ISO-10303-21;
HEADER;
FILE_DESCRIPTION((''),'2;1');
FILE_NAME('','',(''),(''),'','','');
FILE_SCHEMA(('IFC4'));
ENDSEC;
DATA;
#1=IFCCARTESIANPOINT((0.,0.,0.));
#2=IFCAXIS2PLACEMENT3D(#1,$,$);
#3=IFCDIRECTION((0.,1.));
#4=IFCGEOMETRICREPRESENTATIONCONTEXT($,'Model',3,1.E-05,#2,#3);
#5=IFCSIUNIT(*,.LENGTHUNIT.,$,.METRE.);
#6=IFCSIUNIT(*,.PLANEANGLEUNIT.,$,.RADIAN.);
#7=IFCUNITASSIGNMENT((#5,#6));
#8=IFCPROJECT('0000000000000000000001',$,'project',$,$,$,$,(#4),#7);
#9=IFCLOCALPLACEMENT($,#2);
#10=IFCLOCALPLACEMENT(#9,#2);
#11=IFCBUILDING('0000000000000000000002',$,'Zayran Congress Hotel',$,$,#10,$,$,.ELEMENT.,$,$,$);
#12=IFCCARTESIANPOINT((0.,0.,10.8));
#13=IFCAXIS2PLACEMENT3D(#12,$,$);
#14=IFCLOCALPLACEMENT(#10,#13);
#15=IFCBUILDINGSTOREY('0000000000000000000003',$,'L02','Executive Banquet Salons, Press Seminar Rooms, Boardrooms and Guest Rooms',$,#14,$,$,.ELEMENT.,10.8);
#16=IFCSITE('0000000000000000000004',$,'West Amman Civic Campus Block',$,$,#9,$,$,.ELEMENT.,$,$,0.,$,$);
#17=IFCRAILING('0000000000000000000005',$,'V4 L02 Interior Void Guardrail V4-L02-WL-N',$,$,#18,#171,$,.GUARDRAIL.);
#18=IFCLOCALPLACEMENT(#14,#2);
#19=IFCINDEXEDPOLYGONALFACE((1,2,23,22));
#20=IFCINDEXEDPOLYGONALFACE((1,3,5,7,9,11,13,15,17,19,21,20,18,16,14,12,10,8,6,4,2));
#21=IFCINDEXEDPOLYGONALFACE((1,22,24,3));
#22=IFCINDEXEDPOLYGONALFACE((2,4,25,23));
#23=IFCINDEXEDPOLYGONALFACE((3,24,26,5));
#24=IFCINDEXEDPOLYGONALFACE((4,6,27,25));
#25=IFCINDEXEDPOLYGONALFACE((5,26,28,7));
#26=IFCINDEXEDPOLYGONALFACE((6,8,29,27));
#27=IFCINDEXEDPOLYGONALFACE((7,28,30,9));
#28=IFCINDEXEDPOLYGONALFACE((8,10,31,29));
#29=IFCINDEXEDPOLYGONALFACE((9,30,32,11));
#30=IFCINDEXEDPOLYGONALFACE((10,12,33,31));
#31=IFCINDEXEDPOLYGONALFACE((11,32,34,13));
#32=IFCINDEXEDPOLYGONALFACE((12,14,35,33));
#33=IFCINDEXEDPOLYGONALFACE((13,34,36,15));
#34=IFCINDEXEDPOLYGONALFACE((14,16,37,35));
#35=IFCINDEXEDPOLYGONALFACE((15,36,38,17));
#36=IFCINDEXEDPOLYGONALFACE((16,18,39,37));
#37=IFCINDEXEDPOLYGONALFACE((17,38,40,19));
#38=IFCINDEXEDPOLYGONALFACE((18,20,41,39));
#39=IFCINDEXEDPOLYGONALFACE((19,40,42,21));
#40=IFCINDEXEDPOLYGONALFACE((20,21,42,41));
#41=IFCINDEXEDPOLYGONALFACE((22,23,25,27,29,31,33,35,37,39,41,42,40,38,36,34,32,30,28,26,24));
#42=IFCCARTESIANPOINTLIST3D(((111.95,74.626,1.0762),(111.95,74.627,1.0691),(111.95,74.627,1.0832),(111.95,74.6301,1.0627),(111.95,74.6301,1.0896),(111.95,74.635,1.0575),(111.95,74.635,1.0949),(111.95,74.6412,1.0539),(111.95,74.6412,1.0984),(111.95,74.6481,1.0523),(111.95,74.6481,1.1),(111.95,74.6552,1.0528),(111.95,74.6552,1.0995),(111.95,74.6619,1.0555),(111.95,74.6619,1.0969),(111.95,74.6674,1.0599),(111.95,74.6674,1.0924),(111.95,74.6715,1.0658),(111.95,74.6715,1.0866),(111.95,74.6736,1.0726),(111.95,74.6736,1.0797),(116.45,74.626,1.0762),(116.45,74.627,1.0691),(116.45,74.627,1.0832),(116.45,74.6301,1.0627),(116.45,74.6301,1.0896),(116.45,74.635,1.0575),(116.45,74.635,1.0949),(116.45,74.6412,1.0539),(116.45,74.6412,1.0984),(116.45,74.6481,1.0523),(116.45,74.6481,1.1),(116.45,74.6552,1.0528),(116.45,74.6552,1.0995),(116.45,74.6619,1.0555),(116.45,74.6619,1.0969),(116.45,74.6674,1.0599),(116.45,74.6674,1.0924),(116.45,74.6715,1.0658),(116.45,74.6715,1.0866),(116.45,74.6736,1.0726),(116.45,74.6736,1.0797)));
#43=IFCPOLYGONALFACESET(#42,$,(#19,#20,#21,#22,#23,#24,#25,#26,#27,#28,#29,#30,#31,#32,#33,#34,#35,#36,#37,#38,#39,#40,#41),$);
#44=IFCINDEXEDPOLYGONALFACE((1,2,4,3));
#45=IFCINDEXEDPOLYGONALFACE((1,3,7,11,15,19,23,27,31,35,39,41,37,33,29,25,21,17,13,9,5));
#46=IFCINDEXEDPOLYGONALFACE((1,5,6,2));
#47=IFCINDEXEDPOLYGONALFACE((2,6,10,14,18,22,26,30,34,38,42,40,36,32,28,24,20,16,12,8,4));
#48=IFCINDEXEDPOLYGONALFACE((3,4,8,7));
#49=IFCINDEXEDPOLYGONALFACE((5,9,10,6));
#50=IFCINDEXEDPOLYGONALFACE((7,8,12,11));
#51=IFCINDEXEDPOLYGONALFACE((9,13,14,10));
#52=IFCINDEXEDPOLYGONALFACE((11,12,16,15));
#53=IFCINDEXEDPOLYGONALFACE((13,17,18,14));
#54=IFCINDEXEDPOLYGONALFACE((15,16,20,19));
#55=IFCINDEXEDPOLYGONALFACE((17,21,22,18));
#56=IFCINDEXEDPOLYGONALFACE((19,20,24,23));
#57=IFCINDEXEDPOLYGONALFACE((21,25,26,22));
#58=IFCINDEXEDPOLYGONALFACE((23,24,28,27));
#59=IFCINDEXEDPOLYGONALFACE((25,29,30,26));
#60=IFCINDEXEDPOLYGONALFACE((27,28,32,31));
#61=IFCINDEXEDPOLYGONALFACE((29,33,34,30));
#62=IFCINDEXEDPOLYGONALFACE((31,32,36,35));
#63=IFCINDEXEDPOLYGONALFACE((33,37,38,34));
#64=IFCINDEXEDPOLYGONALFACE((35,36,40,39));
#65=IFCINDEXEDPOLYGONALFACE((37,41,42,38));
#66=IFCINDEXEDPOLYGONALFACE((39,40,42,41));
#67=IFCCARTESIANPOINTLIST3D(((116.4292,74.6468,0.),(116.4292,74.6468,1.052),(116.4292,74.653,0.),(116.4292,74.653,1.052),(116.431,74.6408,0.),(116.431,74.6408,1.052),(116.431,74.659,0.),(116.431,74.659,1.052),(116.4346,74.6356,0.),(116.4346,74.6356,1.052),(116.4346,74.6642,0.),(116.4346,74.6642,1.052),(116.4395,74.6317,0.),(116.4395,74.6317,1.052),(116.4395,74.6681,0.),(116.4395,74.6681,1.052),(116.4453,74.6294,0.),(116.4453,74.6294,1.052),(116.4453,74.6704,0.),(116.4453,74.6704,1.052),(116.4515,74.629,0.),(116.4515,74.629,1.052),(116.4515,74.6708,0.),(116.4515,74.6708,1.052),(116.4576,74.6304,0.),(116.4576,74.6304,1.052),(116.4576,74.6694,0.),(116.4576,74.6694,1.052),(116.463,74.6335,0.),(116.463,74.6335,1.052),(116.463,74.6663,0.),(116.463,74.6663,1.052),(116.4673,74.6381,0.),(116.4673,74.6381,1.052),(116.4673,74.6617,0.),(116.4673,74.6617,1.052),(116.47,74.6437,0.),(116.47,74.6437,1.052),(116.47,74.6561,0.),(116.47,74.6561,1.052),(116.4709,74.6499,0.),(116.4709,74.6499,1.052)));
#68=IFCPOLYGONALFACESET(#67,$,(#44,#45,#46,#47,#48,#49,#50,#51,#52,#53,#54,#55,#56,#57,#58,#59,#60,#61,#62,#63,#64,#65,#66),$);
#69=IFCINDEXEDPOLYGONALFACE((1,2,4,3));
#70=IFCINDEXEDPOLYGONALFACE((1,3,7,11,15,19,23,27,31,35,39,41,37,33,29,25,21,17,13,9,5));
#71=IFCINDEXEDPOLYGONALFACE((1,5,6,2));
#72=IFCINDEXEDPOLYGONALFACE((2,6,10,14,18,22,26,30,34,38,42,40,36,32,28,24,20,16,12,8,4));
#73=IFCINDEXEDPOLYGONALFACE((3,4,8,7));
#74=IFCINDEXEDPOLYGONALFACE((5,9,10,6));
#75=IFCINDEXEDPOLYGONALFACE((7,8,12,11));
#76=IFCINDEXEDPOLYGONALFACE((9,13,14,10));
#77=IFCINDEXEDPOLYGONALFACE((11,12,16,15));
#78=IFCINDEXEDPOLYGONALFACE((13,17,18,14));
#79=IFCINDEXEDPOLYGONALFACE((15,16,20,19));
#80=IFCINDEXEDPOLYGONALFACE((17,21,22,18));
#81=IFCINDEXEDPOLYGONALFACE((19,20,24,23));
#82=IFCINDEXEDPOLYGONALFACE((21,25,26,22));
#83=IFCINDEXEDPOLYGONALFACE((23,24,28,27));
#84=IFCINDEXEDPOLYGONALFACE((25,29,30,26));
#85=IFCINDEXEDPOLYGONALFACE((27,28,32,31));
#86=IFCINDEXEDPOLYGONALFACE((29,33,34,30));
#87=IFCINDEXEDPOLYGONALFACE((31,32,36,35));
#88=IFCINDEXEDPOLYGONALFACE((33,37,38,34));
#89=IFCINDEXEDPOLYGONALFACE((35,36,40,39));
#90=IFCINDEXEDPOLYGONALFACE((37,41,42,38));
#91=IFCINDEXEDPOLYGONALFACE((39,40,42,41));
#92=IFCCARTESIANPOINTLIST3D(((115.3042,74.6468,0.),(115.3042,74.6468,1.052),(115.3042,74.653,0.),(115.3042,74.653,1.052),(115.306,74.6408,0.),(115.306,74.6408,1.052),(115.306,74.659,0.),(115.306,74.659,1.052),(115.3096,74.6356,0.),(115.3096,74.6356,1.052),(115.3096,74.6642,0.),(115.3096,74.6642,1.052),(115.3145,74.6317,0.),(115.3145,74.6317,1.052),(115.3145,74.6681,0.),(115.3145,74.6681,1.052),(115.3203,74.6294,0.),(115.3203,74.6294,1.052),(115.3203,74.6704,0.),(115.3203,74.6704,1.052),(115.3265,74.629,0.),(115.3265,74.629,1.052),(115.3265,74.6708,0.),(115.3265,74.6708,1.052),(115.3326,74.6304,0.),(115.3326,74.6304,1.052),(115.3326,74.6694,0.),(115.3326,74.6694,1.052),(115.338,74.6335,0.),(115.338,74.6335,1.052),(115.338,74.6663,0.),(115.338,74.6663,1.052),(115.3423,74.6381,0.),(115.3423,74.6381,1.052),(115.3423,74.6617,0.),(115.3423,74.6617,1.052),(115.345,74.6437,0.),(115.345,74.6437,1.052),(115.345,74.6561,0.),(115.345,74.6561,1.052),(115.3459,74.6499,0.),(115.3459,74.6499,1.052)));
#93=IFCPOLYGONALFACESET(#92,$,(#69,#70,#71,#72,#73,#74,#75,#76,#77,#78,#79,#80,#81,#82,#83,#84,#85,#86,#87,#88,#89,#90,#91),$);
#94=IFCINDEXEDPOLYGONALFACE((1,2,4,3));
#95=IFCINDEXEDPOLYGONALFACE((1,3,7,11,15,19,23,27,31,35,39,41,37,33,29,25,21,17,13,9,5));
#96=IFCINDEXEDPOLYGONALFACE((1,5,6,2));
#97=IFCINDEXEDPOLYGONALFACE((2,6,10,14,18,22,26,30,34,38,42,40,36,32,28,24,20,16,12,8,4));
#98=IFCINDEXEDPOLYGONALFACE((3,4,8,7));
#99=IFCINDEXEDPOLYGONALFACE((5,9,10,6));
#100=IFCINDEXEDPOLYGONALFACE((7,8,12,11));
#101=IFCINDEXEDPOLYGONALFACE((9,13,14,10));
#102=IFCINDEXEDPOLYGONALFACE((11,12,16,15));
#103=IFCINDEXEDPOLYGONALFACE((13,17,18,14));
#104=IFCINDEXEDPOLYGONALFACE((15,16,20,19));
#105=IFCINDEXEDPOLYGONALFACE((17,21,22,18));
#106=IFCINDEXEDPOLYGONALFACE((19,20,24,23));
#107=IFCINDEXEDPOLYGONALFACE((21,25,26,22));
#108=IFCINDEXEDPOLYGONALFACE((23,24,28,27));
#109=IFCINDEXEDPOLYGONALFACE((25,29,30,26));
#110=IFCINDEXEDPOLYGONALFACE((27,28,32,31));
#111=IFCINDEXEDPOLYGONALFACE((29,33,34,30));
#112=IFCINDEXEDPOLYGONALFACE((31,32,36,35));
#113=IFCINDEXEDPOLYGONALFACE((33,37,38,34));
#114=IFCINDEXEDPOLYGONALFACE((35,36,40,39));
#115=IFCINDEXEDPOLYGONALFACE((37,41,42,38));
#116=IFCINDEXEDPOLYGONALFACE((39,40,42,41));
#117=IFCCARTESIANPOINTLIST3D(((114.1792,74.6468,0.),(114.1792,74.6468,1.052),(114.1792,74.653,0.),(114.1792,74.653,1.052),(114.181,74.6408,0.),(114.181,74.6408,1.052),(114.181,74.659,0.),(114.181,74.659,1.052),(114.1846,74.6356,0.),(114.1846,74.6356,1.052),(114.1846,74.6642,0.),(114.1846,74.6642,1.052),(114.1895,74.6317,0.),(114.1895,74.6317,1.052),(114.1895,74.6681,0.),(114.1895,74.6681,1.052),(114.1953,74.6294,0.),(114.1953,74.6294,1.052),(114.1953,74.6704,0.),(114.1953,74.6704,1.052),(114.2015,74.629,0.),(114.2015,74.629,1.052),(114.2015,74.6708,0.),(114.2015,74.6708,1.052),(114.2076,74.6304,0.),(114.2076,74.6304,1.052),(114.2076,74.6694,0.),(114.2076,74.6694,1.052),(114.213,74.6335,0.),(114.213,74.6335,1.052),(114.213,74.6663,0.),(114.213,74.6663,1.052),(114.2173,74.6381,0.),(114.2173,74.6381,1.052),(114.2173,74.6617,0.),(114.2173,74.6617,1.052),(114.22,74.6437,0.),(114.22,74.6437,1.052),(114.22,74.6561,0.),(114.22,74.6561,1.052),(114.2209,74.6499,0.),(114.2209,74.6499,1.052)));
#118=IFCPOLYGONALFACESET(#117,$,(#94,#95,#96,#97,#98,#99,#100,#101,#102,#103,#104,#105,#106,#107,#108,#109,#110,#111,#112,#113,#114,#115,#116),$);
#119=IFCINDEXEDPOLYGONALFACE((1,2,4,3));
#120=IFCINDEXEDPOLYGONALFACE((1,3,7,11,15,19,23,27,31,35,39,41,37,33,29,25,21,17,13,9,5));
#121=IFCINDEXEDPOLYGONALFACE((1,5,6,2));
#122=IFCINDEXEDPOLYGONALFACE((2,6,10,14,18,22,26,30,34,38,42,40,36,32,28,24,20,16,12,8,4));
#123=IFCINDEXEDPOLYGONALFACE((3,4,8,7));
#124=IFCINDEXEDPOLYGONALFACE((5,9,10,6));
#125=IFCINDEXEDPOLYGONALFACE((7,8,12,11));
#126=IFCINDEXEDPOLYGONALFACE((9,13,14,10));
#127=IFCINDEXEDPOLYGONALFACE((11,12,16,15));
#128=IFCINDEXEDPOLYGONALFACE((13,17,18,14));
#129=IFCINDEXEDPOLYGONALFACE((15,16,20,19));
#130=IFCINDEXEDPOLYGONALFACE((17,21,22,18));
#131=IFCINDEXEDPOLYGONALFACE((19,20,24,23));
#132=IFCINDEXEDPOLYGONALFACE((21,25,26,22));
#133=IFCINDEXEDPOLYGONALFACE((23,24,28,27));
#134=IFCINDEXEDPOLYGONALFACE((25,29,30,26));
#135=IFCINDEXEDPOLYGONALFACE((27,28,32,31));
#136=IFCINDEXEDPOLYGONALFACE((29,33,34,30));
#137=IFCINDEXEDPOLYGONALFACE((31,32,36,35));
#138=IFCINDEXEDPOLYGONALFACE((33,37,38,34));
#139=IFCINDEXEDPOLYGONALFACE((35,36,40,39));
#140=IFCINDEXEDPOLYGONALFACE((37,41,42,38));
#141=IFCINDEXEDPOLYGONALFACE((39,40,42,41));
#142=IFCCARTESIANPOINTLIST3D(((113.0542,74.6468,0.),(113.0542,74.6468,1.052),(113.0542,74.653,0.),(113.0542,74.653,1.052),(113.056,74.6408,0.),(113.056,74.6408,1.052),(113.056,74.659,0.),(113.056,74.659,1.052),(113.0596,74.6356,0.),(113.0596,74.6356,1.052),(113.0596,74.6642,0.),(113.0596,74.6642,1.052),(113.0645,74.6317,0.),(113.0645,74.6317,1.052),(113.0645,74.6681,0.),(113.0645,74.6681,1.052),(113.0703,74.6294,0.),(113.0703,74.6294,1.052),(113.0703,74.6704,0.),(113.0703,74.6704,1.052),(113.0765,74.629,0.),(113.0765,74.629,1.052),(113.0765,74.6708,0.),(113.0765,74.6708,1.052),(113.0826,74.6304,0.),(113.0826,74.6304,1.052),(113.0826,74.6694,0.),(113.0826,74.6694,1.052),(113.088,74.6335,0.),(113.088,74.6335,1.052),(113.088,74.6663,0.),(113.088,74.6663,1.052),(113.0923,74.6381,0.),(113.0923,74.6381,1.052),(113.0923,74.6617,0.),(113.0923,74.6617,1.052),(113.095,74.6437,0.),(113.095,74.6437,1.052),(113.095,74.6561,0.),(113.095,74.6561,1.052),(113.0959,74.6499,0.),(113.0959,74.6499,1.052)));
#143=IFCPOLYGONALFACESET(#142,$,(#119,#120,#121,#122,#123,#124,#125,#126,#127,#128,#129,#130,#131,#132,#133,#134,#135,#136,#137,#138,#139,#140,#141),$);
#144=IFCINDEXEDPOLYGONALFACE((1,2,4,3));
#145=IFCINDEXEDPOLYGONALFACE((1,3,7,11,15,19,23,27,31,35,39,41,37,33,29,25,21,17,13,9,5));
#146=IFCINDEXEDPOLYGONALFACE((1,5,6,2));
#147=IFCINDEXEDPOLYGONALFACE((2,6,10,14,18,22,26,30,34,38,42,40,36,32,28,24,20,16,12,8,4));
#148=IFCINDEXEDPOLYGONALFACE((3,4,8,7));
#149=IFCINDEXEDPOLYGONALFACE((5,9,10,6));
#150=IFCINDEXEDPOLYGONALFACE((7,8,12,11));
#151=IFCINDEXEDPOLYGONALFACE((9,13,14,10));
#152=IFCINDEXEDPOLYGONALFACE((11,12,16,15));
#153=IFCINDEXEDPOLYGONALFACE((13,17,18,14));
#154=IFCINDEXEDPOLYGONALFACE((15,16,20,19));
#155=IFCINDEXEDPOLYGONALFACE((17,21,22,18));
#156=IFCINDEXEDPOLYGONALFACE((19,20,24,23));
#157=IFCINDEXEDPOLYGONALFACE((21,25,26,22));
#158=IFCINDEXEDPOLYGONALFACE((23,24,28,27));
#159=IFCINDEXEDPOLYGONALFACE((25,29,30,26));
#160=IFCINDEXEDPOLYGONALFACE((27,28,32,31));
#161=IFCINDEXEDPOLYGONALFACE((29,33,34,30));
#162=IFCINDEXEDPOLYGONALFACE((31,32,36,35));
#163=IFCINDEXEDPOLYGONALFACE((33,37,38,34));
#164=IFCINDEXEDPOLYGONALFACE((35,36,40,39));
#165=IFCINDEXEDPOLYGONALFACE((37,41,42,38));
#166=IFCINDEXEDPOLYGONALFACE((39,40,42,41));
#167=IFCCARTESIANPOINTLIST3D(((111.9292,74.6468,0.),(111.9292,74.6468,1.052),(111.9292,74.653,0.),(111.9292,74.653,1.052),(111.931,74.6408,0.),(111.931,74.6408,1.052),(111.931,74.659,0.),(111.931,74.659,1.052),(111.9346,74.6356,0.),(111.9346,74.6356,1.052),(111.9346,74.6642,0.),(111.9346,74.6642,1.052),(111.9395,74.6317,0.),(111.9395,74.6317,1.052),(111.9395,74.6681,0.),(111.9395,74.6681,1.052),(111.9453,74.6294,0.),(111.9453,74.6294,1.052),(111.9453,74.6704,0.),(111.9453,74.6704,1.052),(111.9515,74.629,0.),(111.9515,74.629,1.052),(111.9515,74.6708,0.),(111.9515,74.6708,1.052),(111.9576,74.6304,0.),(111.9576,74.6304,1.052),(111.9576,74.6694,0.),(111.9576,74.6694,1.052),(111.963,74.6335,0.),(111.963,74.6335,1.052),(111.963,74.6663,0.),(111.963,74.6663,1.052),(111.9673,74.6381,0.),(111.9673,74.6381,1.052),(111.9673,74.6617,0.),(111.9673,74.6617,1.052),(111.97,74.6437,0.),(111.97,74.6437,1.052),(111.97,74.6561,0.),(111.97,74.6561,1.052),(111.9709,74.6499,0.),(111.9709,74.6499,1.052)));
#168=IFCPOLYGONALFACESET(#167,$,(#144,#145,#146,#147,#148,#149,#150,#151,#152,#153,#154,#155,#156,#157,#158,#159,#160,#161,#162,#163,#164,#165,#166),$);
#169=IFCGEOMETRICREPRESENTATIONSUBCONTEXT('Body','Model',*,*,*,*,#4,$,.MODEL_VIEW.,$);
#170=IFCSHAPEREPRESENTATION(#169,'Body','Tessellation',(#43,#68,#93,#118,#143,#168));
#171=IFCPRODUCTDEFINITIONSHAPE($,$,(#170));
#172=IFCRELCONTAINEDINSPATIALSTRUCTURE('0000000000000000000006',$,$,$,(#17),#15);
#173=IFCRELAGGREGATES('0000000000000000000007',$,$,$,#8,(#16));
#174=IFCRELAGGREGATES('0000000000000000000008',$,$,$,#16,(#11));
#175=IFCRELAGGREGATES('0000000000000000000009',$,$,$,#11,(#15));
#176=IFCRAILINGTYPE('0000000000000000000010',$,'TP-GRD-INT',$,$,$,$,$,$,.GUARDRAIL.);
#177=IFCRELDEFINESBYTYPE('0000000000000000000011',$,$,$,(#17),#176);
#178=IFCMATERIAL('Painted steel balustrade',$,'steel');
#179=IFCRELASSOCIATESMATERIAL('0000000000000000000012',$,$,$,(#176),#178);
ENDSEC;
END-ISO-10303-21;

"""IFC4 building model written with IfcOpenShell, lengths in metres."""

from ifc_helpers import new_model, si_unit, direction, frame, origin, origin_2d, place, context, subcontext, project, spatial, circle, extrude, material, type_object, element, save


model = new_model("IFC4")

# Units and contexts
model_context = context("Model", 3, precision=1e-05, world=origin(), true_north=direction((0.0, 1.0)))
body_context = subcontext(model_context, "Body", "Model", "MODEL_VIEW")
ifc_project = project(units=[si_unit("LENGTHUNIT", "METRE"), si_unit("PLANEANGLEUNIT", "RADIAN")], contexts=[model_context])

# Site, building, storey
site_placement = place(None, origin())
site = spatial("IfcSite", under=ifc_project, at=site_placement, Name="West Amman Civic Campus Block", CompositionType="ELEMENT", RefElevation=0.0)
building_placement = place(site_placement, origin())
building = spatial("IfcBuilding", under=site, at=building_placement, Name="Zayran Congress Hotel", CompositionType="ELEMENT")
storey_placement = place(building_placement, frame((0.0, 0.0, 10.8)))
storey = spatial("IfcBuildingStorey", under=building, at=storey_placement, Name="L02", Description="Executive Banquet Salons, Press Seminar Rooms, Boardrooms and Guest Rooms", CompositionType="ELEMENT", Elevation=10.8)

# Railing
ifc_material_1 = material(Name="Painted steel balustrade", Category="steel")
railing_type = type_object("IfcRailingType", Name="TP-GRD-INT", PredefinedType="GUARDRAIL", material=ifc_material_1)
railing_1_placement = place(storey_placement, frame((116.45, 74.6499, 0.0)))
element("IfcRailing", 1, at=railing_1_placement, inside=storey, type_object=railing_type, Name="V4 L02 Interior Void Guardrail V4-L02-WL-N", PredefinedType="GUARDRAIL", context=body_context, shape_type="SweptSolid", body=[
    extrude(circle(Radius=0.0239, at=origin_2d()), frame((0.0, 0.0, 1.0762), z_axis=(-1.0, 0.0, 0.0), x_axis=(0.0, -1.0, 0.0)), (0.0, 0.0, 1.0), 4.5),
    extrude(circle(Radius=0.021, at=origin_2d()), origin(), (0.0, 0.0, 1.0), 1.052),
    extrude(circle(Radius=0.021, at=origin_2d()), frame((-1.125, 0.0, 0.0)), (0.0, 0.0, 1.0), 1.052),
    extrude(circle(Radius=0.021, at=origin_2d()), frame((-2.25, 0.0, 0.0)), (0.0, 0.0, 1.0), 1.052),
    extrude(circle(Radius=0.021, at=origin_2d()), frame((-3.375, 0.0, 0.0)), (0.0, 0.0, 1.0), 1.052),
    extrude(circle(Radius=0.021, at=origin_2d()), frame((-4.5, 0.0, 0.0)), (0.0, 0.0, 1.0), 1.052),
])

save(model, "model.ifc")
